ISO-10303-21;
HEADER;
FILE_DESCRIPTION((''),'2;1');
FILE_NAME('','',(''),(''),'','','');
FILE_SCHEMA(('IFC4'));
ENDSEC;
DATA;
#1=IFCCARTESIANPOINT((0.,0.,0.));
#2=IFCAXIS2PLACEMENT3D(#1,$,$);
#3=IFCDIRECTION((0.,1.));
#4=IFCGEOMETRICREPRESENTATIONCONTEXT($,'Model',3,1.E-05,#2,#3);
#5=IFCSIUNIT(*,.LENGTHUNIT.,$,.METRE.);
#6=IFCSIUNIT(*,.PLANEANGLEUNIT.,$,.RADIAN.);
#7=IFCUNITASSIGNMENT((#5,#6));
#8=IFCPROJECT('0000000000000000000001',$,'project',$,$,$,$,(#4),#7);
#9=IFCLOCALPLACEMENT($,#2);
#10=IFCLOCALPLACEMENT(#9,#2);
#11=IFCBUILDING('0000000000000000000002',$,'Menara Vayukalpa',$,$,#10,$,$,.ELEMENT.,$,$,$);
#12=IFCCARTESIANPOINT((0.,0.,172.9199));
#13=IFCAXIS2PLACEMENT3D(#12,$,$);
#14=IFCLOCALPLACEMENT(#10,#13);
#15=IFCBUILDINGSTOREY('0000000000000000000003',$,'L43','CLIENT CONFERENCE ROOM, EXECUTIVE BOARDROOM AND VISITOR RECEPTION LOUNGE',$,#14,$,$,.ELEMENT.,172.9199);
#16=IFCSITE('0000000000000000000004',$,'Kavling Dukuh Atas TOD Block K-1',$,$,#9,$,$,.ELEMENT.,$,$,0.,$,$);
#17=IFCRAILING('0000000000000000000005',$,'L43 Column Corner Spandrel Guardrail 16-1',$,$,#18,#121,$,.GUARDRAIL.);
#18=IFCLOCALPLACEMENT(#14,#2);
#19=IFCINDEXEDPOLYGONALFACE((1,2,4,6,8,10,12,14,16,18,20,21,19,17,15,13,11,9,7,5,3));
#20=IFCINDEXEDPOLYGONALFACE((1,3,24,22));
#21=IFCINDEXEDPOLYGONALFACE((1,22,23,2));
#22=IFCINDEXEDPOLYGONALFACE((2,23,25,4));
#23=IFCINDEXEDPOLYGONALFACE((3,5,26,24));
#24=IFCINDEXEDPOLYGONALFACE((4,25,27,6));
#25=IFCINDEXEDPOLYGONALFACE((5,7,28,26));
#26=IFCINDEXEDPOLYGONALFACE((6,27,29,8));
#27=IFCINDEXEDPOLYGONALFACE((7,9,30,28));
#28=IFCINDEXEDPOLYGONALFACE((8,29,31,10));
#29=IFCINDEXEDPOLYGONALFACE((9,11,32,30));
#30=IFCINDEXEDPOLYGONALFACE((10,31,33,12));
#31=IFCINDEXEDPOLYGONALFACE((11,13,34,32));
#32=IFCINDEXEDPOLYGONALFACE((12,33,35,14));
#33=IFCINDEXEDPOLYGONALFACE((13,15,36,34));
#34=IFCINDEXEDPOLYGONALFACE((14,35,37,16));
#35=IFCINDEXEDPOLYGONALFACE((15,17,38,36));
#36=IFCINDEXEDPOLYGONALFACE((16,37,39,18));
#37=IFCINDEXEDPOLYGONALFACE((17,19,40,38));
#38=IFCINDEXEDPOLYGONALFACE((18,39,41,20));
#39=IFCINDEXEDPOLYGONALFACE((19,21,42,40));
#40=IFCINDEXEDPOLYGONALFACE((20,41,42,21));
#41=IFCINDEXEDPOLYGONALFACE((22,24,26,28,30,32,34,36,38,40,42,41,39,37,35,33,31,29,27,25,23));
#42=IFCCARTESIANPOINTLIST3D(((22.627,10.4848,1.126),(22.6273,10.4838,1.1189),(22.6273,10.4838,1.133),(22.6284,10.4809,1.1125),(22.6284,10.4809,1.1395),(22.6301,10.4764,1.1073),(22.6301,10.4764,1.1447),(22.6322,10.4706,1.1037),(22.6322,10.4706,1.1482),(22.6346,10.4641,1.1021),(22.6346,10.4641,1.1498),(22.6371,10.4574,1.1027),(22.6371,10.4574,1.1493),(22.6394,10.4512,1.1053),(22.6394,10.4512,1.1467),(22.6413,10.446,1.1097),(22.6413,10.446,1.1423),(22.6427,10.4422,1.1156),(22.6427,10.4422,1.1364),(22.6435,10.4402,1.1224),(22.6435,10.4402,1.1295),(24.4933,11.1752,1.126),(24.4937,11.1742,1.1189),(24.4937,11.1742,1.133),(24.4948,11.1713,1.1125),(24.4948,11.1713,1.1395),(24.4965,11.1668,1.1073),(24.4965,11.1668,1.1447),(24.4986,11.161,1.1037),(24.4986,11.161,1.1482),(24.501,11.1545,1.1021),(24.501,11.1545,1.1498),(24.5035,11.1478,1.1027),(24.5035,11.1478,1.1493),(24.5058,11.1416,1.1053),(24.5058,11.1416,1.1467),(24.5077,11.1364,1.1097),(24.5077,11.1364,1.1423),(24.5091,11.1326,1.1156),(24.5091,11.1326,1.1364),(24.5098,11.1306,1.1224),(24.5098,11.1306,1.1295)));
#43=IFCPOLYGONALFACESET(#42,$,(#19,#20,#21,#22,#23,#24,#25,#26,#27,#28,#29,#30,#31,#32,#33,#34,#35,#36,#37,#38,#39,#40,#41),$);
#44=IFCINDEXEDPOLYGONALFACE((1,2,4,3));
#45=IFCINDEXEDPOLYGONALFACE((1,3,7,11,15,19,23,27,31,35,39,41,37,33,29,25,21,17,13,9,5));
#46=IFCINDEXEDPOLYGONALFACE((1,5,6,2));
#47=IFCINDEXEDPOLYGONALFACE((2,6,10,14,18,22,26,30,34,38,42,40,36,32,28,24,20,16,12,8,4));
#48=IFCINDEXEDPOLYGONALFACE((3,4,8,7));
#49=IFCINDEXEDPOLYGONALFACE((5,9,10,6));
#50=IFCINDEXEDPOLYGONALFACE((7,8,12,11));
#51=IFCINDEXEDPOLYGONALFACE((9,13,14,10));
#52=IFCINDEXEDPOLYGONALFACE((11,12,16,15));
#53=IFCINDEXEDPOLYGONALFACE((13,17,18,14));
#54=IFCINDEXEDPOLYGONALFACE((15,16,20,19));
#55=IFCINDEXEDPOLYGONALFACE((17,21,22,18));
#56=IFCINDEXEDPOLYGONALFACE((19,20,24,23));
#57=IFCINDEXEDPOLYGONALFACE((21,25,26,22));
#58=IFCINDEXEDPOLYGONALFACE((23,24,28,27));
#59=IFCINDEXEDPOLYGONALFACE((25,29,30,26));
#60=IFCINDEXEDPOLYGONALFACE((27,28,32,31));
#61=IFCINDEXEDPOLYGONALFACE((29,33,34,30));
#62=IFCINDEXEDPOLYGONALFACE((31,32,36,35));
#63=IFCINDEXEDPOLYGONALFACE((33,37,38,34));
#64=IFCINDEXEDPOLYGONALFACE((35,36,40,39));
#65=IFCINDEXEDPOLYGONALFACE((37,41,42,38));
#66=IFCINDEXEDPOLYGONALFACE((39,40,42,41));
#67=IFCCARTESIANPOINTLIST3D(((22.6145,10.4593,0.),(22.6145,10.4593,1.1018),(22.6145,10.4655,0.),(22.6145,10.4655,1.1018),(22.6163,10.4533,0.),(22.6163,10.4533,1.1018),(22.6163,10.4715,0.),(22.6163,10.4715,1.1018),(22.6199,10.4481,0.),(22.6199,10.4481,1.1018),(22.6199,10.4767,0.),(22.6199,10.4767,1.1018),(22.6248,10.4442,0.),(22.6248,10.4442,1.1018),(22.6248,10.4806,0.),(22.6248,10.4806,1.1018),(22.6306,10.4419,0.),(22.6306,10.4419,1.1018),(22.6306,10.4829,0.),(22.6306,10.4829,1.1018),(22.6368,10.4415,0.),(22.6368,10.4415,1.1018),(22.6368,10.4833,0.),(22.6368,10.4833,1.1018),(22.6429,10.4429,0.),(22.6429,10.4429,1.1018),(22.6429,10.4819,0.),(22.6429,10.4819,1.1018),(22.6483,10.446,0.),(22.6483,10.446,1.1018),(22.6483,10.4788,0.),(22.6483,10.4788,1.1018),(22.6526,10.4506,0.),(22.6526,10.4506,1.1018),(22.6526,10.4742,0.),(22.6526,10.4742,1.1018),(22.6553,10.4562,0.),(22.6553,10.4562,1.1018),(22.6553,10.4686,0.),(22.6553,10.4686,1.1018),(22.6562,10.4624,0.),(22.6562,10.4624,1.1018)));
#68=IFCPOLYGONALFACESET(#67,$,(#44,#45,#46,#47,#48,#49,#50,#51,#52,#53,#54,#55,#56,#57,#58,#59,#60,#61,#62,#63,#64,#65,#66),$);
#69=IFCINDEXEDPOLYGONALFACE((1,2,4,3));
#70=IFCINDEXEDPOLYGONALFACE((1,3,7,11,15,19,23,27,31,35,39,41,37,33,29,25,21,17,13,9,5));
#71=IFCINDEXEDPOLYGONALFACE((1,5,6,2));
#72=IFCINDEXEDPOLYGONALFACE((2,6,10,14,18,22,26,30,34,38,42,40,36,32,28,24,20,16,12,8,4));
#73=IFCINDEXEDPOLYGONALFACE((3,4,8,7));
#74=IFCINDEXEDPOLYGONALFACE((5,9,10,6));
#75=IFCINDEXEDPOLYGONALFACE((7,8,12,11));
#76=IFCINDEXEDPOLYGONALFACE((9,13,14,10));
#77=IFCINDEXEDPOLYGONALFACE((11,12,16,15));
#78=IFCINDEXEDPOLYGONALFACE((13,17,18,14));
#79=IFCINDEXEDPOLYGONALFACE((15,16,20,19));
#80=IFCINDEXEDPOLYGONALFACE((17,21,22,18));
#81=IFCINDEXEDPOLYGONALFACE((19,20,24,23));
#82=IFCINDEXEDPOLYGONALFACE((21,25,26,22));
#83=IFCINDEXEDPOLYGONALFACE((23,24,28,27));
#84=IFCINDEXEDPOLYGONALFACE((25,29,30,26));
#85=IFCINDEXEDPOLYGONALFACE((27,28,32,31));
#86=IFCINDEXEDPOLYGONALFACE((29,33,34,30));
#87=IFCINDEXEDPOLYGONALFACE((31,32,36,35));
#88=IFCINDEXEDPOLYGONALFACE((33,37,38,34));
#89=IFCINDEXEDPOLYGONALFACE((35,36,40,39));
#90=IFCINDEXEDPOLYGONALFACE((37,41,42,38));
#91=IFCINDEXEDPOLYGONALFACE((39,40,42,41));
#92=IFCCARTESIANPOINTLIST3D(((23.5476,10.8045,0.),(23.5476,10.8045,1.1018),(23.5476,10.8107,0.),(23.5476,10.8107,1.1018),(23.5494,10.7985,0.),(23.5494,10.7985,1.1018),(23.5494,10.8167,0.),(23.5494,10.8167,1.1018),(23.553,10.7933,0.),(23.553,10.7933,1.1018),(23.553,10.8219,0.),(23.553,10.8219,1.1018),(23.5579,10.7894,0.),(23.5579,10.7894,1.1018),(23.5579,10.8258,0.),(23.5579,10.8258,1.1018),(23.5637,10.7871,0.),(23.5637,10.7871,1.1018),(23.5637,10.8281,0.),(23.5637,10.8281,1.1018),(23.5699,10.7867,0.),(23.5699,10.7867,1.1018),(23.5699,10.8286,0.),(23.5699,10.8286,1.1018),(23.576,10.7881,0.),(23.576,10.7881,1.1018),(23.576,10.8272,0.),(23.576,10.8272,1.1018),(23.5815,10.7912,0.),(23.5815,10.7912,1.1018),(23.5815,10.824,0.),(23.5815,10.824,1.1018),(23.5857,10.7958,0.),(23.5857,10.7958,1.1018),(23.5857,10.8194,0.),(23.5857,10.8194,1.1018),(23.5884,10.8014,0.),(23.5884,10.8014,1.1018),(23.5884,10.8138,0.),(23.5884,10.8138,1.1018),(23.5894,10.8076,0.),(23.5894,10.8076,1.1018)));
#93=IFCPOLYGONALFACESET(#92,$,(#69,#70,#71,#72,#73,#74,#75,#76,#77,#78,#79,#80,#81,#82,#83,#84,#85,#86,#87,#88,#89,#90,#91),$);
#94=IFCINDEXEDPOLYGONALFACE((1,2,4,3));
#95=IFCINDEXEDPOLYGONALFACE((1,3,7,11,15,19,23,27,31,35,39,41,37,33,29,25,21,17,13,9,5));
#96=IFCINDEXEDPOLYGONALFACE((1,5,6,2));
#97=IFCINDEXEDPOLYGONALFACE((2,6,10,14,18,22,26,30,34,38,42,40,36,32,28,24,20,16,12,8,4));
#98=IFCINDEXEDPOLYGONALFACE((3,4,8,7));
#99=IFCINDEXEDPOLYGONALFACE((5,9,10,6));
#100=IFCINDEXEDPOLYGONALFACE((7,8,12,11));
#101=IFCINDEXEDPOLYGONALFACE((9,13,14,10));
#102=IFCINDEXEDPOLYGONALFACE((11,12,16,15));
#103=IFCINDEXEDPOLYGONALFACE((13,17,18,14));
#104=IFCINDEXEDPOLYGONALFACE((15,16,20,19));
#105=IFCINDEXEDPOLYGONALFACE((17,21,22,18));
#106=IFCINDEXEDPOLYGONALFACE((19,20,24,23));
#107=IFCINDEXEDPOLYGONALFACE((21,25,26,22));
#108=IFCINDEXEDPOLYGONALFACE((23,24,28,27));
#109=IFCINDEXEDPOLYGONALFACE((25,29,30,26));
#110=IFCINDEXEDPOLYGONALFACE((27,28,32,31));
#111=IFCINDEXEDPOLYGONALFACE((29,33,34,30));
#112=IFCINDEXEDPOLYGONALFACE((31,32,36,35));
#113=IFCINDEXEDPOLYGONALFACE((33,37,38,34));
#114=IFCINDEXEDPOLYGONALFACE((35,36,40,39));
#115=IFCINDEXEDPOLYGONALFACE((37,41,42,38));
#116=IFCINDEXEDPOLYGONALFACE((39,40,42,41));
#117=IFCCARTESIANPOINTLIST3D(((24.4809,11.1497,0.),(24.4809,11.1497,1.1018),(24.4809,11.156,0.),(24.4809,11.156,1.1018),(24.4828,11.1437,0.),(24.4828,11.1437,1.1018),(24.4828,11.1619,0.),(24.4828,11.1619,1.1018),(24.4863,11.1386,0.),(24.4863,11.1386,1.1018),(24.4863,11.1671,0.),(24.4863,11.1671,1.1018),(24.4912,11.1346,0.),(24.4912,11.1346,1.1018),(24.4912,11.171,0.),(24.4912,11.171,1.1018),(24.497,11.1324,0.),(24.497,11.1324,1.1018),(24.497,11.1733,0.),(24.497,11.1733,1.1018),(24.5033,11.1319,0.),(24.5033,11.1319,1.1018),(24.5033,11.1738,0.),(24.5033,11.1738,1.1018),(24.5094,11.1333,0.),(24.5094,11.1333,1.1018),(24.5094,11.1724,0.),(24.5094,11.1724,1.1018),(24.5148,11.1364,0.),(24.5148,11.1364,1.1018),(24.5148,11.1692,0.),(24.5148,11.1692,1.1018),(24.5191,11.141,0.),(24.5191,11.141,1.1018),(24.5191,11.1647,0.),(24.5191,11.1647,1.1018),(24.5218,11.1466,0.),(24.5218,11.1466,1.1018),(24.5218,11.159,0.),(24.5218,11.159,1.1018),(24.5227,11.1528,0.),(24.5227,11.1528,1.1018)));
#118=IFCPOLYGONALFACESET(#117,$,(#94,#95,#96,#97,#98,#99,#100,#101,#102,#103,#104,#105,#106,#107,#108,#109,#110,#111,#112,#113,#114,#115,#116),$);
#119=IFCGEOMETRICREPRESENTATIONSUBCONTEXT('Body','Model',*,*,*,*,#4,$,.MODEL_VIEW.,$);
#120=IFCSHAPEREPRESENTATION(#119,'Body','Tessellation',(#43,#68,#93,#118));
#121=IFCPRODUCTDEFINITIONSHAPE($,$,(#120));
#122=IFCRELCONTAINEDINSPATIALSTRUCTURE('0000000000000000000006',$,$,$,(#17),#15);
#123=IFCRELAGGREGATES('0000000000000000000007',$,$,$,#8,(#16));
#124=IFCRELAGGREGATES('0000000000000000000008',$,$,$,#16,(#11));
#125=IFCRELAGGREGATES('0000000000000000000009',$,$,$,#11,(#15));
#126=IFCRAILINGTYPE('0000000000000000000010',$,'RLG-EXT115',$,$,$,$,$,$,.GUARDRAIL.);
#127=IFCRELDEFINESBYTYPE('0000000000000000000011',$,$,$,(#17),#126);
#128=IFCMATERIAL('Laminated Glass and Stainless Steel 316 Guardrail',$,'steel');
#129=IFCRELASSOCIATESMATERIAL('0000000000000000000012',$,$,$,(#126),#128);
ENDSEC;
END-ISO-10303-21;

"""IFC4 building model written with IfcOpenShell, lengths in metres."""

from ifc_helpers import new_model, si_unit, direction, frame, origin, origin_2d, place, context, subcontext, project, spatial, circle, extrude, material, type_object, element, save


model = new_model("IFC4")

# Units and contexts
model_context = context("Model", 3, precision=1e-05, world=origin(), true_north=direction((0.0, 1.0)))
body_context = subcontext(model_context, "Body", "Model", "MODEL_VIEW")
ifc_project = project(units=[si_unit("LENGTHUNIT", "METRE"), si_unit("PLANEANGLEUNIT", "RADIAN")], contexts=[model_context])

# Site, building, storey
site_placement = place(None, origin())
site = spatial("IfcSite", under=ifc_project, at=site_placement, Name="Kavling Dukuh Atas TOD Block K-1", CompositionType="ELEMENT", RefElevation=0.0)
building_placement = place(site_placement, origin())
building = spatial("IfcBuilding", under=site, at=building_placement, Name="Menara Vayukalpa", CompositionType="ELEMENT")
storey_placement = place(building_placement, frame((0.0, 0.0, 172.9199)))
storey = spatial("IfcBuildingStorey", under=building, at=storey_placement, Name="L43", Description="CLIENT CONFERENCE ROOM, EXECUTIVE BOARDROOM AND VISITOR RECEPTION LOUNGE", CompositionType="ELEMENT", Elevation=172.9199)

# Railing
ifc_material_1 = material(Name="Laminated Glass and Stainless Steel 316 Guardrail", Category="steel")
railing_type = type_object("IfcRailingType", Name="RLG-EXT115", PredefinedType="GUARDRAIL", material=ifc_material_1)
railing_placement = place(storey_placement, frame((22.6353, 10.4624, 0.0)))
element("IfcRailing", 1, at=railing_placement, inside=storey, type_object=railing_type, Name="L43 Column Corner Spandrel Guardrail 16-1", PredefinedType="GUARDRAIL", context=body_context, shape_type="SweptSolid", body=[
    extrude(circle(Radius=0.0239, at=origin_2d()), frame((0.0, 0.0, 1.126), z_axis=(0.937888, 0.346939, 0.0), x_axis=(-0.346939, 0.937888, 0.0)), (0.0, 0.0, 1.0), 1.99),
    extrude(circle(Radius=0.021, at=origin_2d()), origin(), (0.0, 0.0, 1.0), 1.1018),
    extrude(circle(Radius=0.021, at=origin_2d()), frame((0.9331, 0.3452, 0.0)), (0.0, 0.0, 1.0), 1.1018),
    extrude(circle(Radius=0.021, at=origin_2d()), frame((1.8665, 0.6904, 0.0)), (0.0, 0.0, 1.0), 1.1018),
])

save(model, "model.ifc")
